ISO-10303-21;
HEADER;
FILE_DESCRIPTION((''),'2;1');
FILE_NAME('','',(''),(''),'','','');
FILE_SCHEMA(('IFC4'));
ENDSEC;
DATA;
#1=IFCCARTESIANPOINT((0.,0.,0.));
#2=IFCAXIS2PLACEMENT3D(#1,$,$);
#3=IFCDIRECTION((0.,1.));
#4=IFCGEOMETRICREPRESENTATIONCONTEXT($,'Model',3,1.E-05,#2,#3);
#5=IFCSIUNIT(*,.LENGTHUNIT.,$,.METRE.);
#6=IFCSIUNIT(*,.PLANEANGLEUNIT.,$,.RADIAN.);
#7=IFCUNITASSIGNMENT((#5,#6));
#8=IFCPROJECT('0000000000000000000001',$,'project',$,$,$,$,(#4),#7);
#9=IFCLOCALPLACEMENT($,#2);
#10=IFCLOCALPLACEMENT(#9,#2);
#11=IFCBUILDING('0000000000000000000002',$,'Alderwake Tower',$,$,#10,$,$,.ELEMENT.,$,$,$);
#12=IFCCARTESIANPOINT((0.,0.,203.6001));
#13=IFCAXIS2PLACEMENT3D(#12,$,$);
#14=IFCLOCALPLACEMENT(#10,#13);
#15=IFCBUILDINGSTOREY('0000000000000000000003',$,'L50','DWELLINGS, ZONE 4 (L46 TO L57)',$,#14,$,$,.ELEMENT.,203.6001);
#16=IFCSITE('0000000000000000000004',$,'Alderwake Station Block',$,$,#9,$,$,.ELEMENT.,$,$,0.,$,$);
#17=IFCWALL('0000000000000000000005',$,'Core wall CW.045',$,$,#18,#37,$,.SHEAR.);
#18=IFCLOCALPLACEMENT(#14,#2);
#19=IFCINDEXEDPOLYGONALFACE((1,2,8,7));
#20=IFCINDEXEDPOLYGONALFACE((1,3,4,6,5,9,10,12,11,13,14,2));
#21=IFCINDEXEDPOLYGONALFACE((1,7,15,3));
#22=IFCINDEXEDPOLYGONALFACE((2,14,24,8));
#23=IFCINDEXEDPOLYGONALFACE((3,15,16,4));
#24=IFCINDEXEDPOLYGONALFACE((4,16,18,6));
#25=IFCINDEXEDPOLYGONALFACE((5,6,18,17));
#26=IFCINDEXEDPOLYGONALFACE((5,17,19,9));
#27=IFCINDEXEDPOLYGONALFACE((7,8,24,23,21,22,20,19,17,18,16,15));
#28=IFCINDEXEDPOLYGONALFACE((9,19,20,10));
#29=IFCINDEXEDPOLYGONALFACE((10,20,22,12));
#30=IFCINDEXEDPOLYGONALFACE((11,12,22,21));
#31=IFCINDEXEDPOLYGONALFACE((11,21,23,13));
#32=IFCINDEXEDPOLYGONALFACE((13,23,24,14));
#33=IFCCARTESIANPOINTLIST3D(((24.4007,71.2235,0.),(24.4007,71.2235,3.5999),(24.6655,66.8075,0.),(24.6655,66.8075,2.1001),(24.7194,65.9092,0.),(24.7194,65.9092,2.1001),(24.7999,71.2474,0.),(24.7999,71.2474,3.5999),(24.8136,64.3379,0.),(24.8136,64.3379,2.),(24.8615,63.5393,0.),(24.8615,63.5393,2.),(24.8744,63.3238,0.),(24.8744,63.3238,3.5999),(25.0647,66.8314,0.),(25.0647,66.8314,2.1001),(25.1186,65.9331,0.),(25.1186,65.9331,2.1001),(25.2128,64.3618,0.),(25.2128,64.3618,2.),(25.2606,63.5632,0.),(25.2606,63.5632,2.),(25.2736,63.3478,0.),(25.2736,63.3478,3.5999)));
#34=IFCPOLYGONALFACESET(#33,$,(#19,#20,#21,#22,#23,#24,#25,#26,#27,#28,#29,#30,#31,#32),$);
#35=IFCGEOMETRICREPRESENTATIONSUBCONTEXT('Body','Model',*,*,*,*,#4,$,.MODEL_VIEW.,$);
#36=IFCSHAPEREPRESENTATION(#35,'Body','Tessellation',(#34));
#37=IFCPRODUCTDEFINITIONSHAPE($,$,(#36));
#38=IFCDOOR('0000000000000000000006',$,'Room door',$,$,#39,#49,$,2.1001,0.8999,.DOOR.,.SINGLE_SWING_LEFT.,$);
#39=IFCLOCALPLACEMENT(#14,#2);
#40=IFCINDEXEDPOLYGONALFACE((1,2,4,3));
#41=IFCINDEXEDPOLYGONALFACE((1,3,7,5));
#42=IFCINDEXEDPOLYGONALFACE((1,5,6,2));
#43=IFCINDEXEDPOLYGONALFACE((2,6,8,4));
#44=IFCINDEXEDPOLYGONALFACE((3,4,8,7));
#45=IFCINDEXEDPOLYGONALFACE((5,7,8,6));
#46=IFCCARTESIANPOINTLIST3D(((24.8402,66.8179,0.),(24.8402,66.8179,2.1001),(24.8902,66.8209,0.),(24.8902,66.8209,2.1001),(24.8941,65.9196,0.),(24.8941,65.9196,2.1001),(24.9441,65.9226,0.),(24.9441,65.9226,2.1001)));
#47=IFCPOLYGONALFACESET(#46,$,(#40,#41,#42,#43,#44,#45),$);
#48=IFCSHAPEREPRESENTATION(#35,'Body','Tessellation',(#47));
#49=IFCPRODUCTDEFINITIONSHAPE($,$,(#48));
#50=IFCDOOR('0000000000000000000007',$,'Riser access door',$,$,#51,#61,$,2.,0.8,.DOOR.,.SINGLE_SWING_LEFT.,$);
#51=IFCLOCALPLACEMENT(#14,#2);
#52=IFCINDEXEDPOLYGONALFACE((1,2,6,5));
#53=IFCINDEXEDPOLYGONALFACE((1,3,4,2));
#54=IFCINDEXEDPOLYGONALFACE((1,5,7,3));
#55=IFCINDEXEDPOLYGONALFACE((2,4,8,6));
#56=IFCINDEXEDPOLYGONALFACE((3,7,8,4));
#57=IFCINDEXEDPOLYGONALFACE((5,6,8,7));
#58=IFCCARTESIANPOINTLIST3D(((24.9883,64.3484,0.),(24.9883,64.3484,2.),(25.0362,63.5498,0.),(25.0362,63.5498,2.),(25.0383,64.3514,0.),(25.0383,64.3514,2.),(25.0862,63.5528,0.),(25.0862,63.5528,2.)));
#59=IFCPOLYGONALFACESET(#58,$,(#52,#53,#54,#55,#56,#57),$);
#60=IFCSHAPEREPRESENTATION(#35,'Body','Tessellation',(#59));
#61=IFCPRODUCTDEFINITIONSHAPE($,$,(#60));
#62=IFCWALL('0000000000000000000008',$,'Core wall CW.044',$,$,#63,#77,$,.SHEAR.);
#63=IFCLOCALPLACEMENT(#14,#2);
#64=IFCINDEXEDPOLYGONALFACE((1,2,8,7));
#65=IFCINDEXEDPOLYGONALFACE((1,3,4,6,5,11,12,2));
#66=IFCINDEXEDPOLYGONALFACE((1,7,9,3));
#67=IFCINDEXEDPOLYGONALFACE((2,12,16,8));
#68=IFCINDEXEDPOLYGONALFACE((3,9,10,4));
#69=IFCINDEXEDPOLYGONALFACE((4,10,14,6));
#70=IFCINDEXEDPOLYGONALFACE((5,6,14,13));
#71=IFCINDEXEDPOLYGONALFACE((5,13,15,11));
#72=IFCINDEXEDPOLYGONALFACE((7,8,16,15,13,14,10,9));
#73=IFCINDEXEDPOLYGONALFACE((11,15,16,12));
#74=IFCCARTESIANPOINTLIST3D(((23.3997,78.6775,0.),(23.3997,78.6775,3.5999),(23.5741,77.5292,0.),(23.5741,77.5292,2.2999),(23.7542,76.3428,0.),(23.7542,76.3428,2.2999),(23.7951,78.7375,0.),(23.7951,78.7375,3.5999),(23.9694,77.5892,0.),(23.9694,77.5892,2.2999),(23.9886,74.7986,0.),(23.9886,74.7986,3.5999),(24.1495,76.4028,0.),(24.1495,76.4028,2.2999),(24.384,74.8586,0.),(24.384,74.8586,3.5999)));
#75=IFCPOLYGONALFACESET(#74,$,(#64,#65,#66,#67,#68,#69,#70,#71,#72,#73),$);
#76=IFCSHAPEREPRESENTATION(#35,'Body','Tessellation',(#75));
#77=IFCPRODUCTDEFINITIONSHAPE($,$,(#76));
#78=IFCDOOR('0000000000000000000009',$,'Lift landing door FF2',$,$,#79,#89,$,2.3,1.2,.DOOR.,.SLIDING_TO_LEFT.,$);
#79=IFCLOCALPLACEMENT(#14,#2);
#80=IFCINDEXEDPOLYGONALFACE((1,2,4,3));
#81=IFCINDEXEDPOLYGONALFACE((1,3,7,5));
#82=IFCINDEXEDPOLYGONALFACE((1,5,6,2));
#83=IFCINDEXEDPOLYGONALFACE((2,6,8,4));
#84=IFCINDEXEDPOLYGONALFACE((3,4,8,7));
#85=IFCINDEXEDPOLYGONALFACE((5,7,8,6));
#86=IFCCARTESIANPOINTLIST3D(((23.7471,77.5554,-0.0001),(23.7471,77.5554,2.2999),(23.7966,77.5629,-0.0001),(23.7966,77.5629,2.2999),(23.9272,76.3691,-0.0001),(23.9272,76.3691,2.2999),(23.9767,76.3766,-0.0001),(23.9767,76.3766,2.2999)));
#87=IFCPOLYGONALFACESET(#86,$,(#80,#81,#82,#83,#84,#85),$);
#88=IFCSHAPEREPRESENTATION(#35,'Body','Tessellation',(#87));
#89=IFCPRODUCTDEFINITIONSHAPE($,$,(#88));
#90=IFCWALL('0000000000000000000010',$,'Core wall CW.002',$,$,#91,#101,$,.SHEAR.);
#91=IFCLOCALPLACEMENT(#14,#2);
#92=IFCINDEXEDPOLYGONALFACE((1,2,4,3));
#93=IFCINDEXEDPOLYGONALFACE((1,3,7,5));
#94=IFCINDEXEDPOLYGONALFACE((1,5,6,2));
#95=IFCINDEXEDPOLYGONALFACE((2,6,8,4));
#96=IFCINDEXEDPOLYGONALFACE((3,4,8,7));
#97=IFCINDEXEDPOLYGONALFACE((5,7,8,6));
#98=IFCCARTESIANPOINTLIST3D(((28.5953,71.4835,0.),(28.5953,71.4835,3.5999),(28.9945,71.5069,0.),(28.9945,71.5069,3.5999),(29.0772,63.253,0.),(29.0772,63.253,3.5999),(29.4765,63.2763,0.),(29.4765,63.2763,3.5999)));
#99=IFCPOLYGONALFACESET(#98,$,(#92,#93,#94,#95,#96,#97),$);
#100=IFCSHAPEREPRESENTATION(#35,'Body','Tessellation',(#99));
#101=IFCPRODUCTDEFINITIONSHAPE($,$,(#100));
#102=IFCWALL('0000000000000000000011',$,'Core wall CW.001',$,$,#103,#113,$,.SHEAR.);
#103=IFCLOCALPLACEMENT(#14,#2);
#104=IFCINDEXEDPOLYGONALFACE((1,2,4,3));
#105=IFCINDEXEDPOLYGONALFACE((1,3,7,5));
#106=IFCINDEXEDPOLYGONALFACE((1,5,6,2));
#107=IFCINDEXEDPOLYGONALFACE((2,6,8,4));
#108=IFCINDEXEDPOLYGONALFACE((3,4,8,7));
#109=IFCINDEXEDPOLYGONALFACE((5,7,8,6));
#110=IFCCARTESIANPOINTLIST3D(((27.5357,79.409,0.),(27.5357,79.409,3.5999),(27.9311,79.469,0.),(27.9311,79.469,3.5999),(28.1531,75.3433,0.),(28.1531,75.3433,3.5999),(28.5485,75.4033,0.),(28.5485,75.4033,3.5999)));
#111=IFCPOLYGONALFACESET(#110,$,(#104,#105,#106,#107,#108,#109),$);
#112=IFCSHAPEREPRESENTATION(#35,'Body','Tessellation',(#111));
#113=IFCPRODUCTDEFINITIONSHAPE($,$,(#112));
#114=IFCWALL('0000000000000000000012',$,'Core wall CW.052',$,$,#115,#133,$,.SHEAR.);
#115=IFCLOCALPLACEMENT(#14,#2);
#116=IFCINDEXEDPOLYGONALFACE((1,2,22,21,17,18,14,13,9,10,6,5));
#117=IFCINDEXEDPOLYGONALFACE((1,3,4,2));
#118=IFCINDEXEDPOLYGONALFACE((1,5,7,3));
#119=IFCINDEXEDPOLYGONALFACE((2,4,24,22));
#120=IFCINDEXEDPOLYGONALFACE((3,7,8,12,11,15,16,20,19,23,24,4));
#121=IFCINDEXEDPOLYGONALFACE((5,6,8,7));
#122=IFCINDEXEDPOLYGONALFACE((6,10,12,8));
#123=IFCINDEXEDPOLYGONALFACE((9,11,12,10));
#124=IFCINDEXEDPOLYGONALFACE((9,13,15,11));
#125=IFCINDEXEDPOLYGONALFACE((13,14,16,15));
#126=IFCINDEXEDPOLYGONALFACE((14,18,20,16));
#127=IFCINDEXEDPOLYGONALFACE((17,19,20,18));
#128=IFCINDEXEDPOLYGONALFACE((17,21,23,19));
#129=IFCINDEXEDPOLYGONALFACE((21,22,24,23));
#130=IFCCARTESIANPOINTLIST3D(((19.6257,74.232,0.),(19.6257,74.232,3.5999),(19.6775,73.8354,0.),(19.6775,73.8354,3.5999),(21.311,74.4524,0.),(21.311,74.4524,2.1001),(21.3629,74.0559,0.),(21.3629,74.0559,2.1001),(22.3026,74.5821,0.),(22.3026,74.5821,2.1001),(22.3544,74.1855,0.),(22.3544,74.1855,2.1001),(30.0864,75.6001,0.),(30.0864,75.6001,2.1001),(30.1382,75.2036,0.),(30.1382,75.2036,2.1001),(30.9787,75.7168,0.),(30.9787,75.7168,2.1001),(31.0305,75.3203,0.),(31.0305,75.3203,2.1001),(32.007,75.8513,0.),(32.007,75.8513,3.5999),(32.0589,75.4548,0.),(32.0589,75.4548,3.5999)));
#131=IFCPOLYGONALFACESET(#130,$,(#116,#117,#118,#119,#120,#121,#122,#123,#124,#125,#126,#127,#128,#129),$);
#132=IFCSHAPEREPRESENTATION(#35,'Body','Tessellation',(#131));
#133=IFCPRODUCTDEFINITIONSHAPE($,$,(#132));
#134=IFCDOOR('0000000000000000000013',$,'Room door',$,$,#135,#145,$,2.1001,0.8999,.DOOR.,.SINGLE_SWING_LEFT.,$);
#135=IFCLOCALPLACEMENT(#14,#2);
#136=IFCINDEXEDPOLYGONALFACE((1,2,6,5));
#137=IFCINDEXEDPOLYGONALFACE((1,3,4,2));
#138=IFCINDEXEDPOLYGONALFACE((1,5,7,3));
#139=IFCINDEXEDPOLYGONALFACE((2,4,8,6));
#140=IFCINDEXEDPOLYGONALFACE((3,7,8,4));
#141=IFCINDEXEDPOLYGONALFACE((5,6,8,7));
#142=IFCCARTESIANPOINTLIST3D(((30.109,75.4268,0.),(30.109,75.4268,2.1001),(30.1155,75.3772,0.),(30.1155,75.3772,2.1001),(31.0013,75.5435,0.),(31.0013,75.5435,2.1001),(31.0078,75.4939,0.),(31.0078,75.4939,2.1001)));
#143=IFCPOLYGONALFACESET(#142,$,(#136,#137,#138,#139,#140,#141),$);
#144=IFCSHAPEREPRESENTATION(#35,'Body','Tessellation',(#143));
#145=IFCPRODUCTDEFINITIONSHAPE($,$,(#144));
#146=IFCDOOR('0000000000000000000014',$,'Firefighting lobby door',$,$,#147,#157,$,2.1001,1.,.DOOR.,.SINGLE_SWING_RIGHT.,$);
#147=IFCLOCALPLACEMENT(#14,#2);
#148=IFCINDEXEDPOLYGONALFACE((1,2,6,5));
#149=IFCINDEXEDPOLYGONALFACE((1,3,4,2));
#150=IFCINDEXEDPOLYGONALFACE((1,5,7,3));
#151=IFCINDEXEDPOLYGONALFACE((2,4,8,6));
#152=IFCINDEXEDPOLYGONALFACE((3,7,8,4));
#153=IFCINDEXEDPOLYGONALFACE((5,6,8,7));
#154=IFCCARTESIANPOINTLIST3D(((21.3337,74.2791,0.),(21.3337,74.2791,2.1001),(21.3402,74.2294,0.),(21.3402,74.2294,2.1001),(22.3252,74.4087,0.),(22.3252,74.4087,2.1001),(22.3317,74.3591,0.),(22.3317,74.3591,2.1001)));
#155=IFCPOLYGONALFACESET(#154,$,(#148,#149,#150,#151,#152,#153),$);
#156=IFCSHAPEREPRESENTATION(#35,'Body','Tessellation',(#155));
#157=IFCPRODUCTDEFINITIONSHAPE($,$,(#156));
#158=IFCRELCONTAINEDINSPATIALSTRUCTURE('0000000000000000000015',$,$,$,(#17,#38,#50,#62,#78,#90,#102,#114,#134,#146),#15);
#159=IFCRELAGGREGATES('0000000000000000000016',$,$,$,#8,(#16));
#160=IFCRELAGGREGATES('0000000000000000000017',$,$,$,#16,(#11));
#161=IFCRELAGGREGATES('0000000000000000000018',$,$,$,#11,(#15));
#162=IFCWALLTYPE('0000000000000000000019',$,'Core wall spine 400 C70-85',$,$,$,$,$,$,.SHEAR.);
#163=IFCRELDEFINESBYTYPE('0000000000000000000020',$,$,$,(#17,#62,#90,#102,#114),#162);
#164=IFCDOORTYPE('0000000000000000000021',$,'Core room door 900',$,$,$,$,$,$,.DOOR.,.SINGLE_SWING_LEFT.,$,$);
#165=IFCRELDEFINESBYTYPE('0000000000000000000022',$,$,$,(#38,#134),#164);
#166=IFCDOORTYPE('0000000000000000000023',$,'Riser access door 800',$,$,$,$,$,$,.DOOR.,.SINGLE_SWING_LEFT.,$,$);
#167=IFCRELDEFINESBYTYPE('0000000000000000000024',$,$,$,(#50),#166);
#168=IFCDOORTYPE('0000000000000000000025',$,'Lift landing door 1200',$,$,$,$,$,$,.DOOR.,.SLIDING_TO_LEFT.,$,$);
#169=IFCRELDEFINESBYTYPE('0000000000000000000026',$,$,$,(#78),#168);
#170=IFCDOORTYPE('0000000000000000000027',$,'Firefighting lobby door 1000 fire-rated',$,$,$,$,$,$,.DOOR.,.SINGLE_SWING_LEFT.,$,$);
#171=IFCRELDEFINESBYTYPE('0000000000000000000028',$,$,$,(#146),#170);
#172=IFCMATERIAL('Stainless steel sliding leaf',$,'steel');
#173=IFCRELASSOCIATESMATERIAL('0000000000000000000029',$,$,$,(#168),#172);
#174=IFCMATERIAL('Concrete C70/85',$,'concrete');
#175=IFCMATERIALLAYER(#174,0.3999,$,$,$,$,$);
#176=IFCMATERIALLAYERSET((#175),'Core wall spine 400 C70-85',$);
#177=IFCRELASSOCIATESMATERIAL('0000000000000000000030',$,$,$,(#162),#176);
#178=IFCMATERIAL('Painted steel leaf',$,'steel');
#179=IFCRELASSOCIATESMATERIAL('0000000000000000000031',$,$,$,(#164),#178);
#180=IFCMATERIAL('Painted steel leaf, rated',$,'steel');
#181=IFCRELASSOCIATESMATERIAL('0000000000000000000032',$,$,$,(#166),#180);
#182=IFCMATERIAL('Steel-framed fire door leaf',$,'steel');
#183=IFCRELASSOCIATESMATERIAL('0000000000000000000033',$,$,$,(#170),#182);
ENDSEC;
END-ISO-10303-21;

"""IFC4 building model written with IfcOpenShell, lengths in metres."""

from ifc_helpers import new_model, si_unit, direction, frame, frame_2d, origin, place, context, subcontext, project, spatial, rectangle, extrude, material, layer, layer_set, type_object, element, fill, save


model = new_model("IFC4")

# Units and contexts
model_context = context("Model", 3, precision=1e-05, world=origin(), true_north=direction((0.0, 1.0)))
body_context = subcontext(model_context, "Body", "Model", "MODEL_VIEW")
ifc_project = project(units=[si_unit("LENGTHUNIT", "METRE"), si_unit("PLANEANGLEUNIT", "RADIAN")], contexts=[model_context])

# Site, building, storey
site_placement = place(None, origin())
site = spatial("IfcSite", under=ifc_project, at=site_placement, Name="Alderwake Station Block", CompositionType="ELEMENT", RefElevation=0.0)
building_placement = place(site_placement, origin())
building = spatial("IfcBuilding", under=site, at=building_placement, Name="Alderwake Tower", CompositionType="ELEMENT")
storey_placement = place(building_placement, frame((0.0, 0.0, 203.6001)))
storey = spatial("IfcBuildingStorey", under=building, at=storey_placement, Name="L50", Description="DWELLINGS, ZONE 4 (L46 TO L57)", CompositionType="ELEMENT", Elevation=203.6001)

# Shared definitions
ifc_material_1 = material(Name="Stainless steel sliding leaf", Category="steel")
door_type_1 = type_object("IfcDoorType", Name="Lift landing door 1200", OperationType="SLIDING_TO_LEFT", PredefinedType="DOOR", material=ifc_material_1)

# Wall, openings, doors
ifc_material_2 = material(Name="Concrete C70/85", Category="concrete")
ifc_layer_1 = layer(ifc_material_2, 0.3999)
ifc_layer_set_1 = layer_set([ifc_layer_1], Name="Core wall spine 400 C70-85")
wall_type_1 = type_object("IfcWallType", Name="Core wall spine 400 C70-85", PredefinedType="SHEAR", material=ifc_layer_set_1)
wall_1_placement = place(storey_placement, frame((25.074, 63.3357, 0.0), z_axis=(0.0, 0.0, 1.0), x_axis=(-0.059849, 0.998207, 0.0)))
wall_1 = element("IfcWall", 1, at=wall_1_placement, inside=storey, type_object=wall_type_1, Name="Core wall CW.045", PredefinedType="SHEAR", context=body_context, shape_type="SweptSolid", body=[
    extrude(rectangle(XDim=7.9138, YDim=0.3999, at=frame_2d((3.957, 0.0))), origin(), (0.0, 0.0, 1.0), 3.5999),
])
opening_1_placement = place(wall_1_placement, frame((0.2161, 0.0, 0.0)))
opening_1 = element("IfcOpeningElement", 2, at=opening_1_placement, cuts=wall_1, PredefinedType="OPENING", context=body_context, shape_type="SweptSolid", body=[
    extrude(rectangle(XDim=0.8, YDim=2.0, at=frame_2d((0.3999, 1.0))), frame((0.0, 0.21, 0.0), z_axis=(0.0, -1.0, 0.0), x_axis=(1.0, 0.0, 0.0)), (0.0, 0.0, 1.0), 0.4199),
])
opening_2_placement = place(wall_1_placement, frame((2.5901, 0.0, 0.0)))
opening_2 = element("IfcOpeningElement", 3, at=opening_2_placement, cuts=wall_1, PredefinedType="OPENING", context=body_context, shape_type="SweptSolid", body=[
    extrude(rectangle(XDim=0.8999, YDim=2.1001, at=frame_2d((0.45, 1.05))), frame((0.0, 0.21, 0.0), z_axis=(0.0, -1.0, 0.0), x_axis=(1.0, 0.0, 0.0)), (0.0, 0.0, 1.0), 0.4199),
])
ifc_material_3 = material(Name="Painted steel leaf", Category="steel")
door_type_2 = type_object("IfcDoorType", Name="Core room door 900", OperationType="SINGLE_SWING_LEFT", PredefinedType="DOOR", material=ifc_material_3)
door_1_placement = place(opening_2_placement, origin())
door_1 = element("IfcDoor", 4, at=door_1_placement, inside=storey, type_object=door_type_2, Name="Room door", OperationType="SINGLE_SWING_LEFT", OverallHeight=2.1001, OverallWidth=0.8999, PredefinedType="DOOR", context=body_context, shape_type="SweptSolid", body=[
    extrude(rectangle(XDim=0.8999, YDim=2.1001, at=frame_2d((0.45, 1.05))), frame((0.0, 0.0249, 0.0), z_axis=(0.0, -1.0, 0.0), x_axis=(1.0, 0.0, 0.0)), (0.0, 0.0, 1.0), 0.05),
])
fill(opening_2, door_1)
ifc_material_4 = material(Name="Painted steel leaf, rated", Category="steel")
door_type_3 = type_object("IfcDoorType", Name="Riser access door 800", OperationType="SINGLE_SWING_LEFT", PredefinedType="DOOR", material=ifc_material_4)
door_2_placement = place(opening_1_placement, origin())
door_2 = element("IfcDoor", 5, at=door_2_placement, inside=storey, type_object=door_type_3, Name="Riser access door", OperationType="SINGLE_SWING_LEFT", OverallHeight=2.0, OverallWidth=0.8, PredefinedType="DOOR", context=body_context, shape_type="SweptSolid", body=[
    extrude(rectangle(XDim=0.8, YDim=2.0, at=frame_2d((0.3999, 1.0))), frame((0.0, 0.0249, 0.0), z_axis=(0.0, -1.0, 0.0), x_axis=(1.0, 0.0, 0.0)), (0.0, 0.0, 1.0), 0.05),
])
fill(opening_1, door_2)

# Wall, opening, door
wall_2_placement = place(storey_placement, frame((24.1863, 74.8286, 0.0), z_axis=(0.0, 0.0, 1.0), x_axis=(-0.150093, 0.988672, 0.0)))
wall_2 = element("IfcWall", 6, at=wall_2_placement, inside=storey, type_object=wall_type_1, Name="Core wall CW.044", PredefinedType="SHEAR", context=body_context, shape_type="SweptSolid", body=[
    extrude(rectangle(XDim=3.9233, YDim=0.3999, at=frame_2d((1.9617, 0.0))), origin(), (0.0, 0.0, 1.0), 3.5999),
])
opening_3_placement = place(wall_2_placement, frame((1.5618, 0.0, 0.0)))
opening_3 = element("IfcOpeningElement", 7, at=opening_3_placement, cuts=wall_2, PredefinedType="OPENING", context=body_context, shape_type="SweptSolid", body=[
    extrude(rectangle(XDim=1.2, YDim=2.3, at=frame_2d((0.6001, 1.1499))), frame((0.0, 0.21, 0.0), z_axis=(0.0, -1.0, 0.0), x_axis=(1.0, 0.0, 0.0)), (0.0, 0.0, 1.0), 0.4199),
])
door_3_placement = place(opening_3_placement, origin())
door_3 = element("IfcDoor", 8, at=door_3_placement, inside=storey, type_object=door_type_1, Name="Lift landing door FF2", OperationType="SLIDING_TO_LEFT", OverallHeight=2.3, OverallWidth=1.2, PredefinedType="DOOR", context=body_context, shape_type="SweptSolid", body=[
    extrude(rectangle(XDim=1.2, YDim=2.3, at=frame_2d((0.6001, 1.1499))), frame((0.0, 0.0249, 0.0), z_axis=(0.0, -1.0, 0.0), x_axis=(1.0, 0.0, 0.0)), (0.0, 0.0, 1.0), 0.05),
])
fill(opening_3, door_3)

# Walls
wall_3_placement = place(storey_placement, frame((29.2769, 63.2646, 0.0), z_axis=(0.0, 0.0, 1.0), x_axis=(-0.058455, 0.99829, 0.0)))
element("IfcWall", 9, at=wall_3_placement, inside=storey, type_object=wall_type_1, Name="Core wall CW.002", PredefinedType="SHEAR", context=body_context, shape_type="SweptSolid", body=[
    extrude(rectangle(XDim=8.2446, YDim=0.3999, at=frame_2d((4.1223, 0.0))), origin(), (0.0, 0.0, 1.0), 3.5999),
])
wall_4_placement = place(storey_placement, frame((28.3508, 75.3733, 0.0), z_axis=(0.0, 0.0, 1.0), x_axis=(-0.150143, 0.988664, 0.0)))
element("IfcWall", 10, at=wall_4_placement, inside=storey, type_object=wall_type_1, Name="Core wall CW.001", PredefinedType="SHEAR", context=body_context, shape_type="SweptSolid", body=[
    extrude(rectangle(XDim=4.1123, YDim=0.3999, at=frame_2d((2.0562, 0.0))), origin(), (0.0, 0.0, 1.0), 3.5999),
])

# Wall, openings, doors
wall_5_placement = place(storey_placement, frame((32.033, 75.6531, 0.0), z_axis=(0.0, 0.0, 1.0), x_axis=(-0.991555, -0.129688, 0.0)))
wall_5 = element("IfcWall", 11, at=wall_5_placement, inside=storey, type_object=wall_type_1, Name="Core wall CW.052", PredefinedType="SHEAR", context=body_context, shape_type="SweptSolid", body=[
    extrude(rectangle(XDim=12.4868, YDim=0.3999, at=frame_2d((6.2434, 0.0))), origin(), (0.0, 0.0, 1.0), 3.5999),
])
opening_4_placement = place(wall_5_placement, frame((9.7871, 0.0, 0.0)))
opening_4 = element("IfcOpeningElement", 12, at=opening_4_placement, cuts=wall_5, PredefinedType="OPENING", context=body_context, shape_type="SweptSolid", body=[
    extrude(rectangle(XDim=1.0, YDim=2.1001, at=frame_2d((0.5, 1.05))), frame((0.0, 0.21, 0.0), z_axis=(0.0, -1.0, 0.0), x_axis=(1.0, 0.0, 0.0)), (0.0, 0.0, 1.0), 0.4199),
])
opening_5_placement = place(wall_5_placement, frame((1.0371, 0.0, 0.0)))
opening_5 = element("IfcOpeningElement", 13, at=opening_5_placement, cuts=wall_5, PredefinedType="OPENING", context=body_context, shape_type="SweptSolid", body=[
    extrude(rectangle(XDim=0.8999, YDim=2.1001, at=frame_2d((0.45, 1.05))), frame((0.0, 0.21, 0.0), z_axis=(0.0, -1.0, 0.0), x_axis=(1.0, 0.0, 0.0)), (0.0, 0.0, 1.0), 0.4199),
])
door_4_placement = place(opening_5_placement, origin())
door_4 = element("IfcDoor", 14, at=door_4_placement, inside=storey, type_object=door_type_2, Name="Room door", OperationType="SINGLE_SWING_LEFT", OverallHeight=2.1001, OverallWidth=0.8999, PredefinedType="DOOR", context=body_context, shape_type="SweptSolid", body=[
    extrude(rectangle(XDim=0.8999, YDim=2.1001, at=frame_2d((0.45, 1.05))), frame((0.0, 0.0249, 0.0), z_axis=(0.0, -1.0, 0.0), x_axis=(1.0, 0.0, 0.0)), (0.0, 0.0, 1.0), 0.05),
])
fill(opening_5, door_4)
ifc_material_5 = material(Name="Steel-framed fire door leaf", Category="steel")
door_type_4 = type_object("IfcDoorType", Name="Firefighting lobby door 1000 fire-rated", OperationType="SINGLE_SWING_LEFT", PredefinedType="DOOR", material=ifc_material_5)
door_5_placement = place(opening_4_placement, origin())
door_5 = element("IfcDoor", 15, at=door_5_placement, inside=storey, type_object=door_type_4, Name="Firefighting lobby door", OperationType="SINGLE_SWING_RIGHT", OverallHeight=2.1001, OverallWidth=1.0, PredefinedType="DOOR", context=body_context, shape_type="SweptSolid", body=[
    extrude(rectangle(XDim=1.0, YDim=2.1001, at=frame_2d((0.5, 1.05))), frame((0.0, 0.0249, 0.0), z_axis=(0.0, -1.0, 0.0), x_axis=(1.0, 0.0, 0.0)), (0.0, 0.0, 1.0), 0.05),
])
fill(opening_4, door_5)

save(model, "model.ifc")
